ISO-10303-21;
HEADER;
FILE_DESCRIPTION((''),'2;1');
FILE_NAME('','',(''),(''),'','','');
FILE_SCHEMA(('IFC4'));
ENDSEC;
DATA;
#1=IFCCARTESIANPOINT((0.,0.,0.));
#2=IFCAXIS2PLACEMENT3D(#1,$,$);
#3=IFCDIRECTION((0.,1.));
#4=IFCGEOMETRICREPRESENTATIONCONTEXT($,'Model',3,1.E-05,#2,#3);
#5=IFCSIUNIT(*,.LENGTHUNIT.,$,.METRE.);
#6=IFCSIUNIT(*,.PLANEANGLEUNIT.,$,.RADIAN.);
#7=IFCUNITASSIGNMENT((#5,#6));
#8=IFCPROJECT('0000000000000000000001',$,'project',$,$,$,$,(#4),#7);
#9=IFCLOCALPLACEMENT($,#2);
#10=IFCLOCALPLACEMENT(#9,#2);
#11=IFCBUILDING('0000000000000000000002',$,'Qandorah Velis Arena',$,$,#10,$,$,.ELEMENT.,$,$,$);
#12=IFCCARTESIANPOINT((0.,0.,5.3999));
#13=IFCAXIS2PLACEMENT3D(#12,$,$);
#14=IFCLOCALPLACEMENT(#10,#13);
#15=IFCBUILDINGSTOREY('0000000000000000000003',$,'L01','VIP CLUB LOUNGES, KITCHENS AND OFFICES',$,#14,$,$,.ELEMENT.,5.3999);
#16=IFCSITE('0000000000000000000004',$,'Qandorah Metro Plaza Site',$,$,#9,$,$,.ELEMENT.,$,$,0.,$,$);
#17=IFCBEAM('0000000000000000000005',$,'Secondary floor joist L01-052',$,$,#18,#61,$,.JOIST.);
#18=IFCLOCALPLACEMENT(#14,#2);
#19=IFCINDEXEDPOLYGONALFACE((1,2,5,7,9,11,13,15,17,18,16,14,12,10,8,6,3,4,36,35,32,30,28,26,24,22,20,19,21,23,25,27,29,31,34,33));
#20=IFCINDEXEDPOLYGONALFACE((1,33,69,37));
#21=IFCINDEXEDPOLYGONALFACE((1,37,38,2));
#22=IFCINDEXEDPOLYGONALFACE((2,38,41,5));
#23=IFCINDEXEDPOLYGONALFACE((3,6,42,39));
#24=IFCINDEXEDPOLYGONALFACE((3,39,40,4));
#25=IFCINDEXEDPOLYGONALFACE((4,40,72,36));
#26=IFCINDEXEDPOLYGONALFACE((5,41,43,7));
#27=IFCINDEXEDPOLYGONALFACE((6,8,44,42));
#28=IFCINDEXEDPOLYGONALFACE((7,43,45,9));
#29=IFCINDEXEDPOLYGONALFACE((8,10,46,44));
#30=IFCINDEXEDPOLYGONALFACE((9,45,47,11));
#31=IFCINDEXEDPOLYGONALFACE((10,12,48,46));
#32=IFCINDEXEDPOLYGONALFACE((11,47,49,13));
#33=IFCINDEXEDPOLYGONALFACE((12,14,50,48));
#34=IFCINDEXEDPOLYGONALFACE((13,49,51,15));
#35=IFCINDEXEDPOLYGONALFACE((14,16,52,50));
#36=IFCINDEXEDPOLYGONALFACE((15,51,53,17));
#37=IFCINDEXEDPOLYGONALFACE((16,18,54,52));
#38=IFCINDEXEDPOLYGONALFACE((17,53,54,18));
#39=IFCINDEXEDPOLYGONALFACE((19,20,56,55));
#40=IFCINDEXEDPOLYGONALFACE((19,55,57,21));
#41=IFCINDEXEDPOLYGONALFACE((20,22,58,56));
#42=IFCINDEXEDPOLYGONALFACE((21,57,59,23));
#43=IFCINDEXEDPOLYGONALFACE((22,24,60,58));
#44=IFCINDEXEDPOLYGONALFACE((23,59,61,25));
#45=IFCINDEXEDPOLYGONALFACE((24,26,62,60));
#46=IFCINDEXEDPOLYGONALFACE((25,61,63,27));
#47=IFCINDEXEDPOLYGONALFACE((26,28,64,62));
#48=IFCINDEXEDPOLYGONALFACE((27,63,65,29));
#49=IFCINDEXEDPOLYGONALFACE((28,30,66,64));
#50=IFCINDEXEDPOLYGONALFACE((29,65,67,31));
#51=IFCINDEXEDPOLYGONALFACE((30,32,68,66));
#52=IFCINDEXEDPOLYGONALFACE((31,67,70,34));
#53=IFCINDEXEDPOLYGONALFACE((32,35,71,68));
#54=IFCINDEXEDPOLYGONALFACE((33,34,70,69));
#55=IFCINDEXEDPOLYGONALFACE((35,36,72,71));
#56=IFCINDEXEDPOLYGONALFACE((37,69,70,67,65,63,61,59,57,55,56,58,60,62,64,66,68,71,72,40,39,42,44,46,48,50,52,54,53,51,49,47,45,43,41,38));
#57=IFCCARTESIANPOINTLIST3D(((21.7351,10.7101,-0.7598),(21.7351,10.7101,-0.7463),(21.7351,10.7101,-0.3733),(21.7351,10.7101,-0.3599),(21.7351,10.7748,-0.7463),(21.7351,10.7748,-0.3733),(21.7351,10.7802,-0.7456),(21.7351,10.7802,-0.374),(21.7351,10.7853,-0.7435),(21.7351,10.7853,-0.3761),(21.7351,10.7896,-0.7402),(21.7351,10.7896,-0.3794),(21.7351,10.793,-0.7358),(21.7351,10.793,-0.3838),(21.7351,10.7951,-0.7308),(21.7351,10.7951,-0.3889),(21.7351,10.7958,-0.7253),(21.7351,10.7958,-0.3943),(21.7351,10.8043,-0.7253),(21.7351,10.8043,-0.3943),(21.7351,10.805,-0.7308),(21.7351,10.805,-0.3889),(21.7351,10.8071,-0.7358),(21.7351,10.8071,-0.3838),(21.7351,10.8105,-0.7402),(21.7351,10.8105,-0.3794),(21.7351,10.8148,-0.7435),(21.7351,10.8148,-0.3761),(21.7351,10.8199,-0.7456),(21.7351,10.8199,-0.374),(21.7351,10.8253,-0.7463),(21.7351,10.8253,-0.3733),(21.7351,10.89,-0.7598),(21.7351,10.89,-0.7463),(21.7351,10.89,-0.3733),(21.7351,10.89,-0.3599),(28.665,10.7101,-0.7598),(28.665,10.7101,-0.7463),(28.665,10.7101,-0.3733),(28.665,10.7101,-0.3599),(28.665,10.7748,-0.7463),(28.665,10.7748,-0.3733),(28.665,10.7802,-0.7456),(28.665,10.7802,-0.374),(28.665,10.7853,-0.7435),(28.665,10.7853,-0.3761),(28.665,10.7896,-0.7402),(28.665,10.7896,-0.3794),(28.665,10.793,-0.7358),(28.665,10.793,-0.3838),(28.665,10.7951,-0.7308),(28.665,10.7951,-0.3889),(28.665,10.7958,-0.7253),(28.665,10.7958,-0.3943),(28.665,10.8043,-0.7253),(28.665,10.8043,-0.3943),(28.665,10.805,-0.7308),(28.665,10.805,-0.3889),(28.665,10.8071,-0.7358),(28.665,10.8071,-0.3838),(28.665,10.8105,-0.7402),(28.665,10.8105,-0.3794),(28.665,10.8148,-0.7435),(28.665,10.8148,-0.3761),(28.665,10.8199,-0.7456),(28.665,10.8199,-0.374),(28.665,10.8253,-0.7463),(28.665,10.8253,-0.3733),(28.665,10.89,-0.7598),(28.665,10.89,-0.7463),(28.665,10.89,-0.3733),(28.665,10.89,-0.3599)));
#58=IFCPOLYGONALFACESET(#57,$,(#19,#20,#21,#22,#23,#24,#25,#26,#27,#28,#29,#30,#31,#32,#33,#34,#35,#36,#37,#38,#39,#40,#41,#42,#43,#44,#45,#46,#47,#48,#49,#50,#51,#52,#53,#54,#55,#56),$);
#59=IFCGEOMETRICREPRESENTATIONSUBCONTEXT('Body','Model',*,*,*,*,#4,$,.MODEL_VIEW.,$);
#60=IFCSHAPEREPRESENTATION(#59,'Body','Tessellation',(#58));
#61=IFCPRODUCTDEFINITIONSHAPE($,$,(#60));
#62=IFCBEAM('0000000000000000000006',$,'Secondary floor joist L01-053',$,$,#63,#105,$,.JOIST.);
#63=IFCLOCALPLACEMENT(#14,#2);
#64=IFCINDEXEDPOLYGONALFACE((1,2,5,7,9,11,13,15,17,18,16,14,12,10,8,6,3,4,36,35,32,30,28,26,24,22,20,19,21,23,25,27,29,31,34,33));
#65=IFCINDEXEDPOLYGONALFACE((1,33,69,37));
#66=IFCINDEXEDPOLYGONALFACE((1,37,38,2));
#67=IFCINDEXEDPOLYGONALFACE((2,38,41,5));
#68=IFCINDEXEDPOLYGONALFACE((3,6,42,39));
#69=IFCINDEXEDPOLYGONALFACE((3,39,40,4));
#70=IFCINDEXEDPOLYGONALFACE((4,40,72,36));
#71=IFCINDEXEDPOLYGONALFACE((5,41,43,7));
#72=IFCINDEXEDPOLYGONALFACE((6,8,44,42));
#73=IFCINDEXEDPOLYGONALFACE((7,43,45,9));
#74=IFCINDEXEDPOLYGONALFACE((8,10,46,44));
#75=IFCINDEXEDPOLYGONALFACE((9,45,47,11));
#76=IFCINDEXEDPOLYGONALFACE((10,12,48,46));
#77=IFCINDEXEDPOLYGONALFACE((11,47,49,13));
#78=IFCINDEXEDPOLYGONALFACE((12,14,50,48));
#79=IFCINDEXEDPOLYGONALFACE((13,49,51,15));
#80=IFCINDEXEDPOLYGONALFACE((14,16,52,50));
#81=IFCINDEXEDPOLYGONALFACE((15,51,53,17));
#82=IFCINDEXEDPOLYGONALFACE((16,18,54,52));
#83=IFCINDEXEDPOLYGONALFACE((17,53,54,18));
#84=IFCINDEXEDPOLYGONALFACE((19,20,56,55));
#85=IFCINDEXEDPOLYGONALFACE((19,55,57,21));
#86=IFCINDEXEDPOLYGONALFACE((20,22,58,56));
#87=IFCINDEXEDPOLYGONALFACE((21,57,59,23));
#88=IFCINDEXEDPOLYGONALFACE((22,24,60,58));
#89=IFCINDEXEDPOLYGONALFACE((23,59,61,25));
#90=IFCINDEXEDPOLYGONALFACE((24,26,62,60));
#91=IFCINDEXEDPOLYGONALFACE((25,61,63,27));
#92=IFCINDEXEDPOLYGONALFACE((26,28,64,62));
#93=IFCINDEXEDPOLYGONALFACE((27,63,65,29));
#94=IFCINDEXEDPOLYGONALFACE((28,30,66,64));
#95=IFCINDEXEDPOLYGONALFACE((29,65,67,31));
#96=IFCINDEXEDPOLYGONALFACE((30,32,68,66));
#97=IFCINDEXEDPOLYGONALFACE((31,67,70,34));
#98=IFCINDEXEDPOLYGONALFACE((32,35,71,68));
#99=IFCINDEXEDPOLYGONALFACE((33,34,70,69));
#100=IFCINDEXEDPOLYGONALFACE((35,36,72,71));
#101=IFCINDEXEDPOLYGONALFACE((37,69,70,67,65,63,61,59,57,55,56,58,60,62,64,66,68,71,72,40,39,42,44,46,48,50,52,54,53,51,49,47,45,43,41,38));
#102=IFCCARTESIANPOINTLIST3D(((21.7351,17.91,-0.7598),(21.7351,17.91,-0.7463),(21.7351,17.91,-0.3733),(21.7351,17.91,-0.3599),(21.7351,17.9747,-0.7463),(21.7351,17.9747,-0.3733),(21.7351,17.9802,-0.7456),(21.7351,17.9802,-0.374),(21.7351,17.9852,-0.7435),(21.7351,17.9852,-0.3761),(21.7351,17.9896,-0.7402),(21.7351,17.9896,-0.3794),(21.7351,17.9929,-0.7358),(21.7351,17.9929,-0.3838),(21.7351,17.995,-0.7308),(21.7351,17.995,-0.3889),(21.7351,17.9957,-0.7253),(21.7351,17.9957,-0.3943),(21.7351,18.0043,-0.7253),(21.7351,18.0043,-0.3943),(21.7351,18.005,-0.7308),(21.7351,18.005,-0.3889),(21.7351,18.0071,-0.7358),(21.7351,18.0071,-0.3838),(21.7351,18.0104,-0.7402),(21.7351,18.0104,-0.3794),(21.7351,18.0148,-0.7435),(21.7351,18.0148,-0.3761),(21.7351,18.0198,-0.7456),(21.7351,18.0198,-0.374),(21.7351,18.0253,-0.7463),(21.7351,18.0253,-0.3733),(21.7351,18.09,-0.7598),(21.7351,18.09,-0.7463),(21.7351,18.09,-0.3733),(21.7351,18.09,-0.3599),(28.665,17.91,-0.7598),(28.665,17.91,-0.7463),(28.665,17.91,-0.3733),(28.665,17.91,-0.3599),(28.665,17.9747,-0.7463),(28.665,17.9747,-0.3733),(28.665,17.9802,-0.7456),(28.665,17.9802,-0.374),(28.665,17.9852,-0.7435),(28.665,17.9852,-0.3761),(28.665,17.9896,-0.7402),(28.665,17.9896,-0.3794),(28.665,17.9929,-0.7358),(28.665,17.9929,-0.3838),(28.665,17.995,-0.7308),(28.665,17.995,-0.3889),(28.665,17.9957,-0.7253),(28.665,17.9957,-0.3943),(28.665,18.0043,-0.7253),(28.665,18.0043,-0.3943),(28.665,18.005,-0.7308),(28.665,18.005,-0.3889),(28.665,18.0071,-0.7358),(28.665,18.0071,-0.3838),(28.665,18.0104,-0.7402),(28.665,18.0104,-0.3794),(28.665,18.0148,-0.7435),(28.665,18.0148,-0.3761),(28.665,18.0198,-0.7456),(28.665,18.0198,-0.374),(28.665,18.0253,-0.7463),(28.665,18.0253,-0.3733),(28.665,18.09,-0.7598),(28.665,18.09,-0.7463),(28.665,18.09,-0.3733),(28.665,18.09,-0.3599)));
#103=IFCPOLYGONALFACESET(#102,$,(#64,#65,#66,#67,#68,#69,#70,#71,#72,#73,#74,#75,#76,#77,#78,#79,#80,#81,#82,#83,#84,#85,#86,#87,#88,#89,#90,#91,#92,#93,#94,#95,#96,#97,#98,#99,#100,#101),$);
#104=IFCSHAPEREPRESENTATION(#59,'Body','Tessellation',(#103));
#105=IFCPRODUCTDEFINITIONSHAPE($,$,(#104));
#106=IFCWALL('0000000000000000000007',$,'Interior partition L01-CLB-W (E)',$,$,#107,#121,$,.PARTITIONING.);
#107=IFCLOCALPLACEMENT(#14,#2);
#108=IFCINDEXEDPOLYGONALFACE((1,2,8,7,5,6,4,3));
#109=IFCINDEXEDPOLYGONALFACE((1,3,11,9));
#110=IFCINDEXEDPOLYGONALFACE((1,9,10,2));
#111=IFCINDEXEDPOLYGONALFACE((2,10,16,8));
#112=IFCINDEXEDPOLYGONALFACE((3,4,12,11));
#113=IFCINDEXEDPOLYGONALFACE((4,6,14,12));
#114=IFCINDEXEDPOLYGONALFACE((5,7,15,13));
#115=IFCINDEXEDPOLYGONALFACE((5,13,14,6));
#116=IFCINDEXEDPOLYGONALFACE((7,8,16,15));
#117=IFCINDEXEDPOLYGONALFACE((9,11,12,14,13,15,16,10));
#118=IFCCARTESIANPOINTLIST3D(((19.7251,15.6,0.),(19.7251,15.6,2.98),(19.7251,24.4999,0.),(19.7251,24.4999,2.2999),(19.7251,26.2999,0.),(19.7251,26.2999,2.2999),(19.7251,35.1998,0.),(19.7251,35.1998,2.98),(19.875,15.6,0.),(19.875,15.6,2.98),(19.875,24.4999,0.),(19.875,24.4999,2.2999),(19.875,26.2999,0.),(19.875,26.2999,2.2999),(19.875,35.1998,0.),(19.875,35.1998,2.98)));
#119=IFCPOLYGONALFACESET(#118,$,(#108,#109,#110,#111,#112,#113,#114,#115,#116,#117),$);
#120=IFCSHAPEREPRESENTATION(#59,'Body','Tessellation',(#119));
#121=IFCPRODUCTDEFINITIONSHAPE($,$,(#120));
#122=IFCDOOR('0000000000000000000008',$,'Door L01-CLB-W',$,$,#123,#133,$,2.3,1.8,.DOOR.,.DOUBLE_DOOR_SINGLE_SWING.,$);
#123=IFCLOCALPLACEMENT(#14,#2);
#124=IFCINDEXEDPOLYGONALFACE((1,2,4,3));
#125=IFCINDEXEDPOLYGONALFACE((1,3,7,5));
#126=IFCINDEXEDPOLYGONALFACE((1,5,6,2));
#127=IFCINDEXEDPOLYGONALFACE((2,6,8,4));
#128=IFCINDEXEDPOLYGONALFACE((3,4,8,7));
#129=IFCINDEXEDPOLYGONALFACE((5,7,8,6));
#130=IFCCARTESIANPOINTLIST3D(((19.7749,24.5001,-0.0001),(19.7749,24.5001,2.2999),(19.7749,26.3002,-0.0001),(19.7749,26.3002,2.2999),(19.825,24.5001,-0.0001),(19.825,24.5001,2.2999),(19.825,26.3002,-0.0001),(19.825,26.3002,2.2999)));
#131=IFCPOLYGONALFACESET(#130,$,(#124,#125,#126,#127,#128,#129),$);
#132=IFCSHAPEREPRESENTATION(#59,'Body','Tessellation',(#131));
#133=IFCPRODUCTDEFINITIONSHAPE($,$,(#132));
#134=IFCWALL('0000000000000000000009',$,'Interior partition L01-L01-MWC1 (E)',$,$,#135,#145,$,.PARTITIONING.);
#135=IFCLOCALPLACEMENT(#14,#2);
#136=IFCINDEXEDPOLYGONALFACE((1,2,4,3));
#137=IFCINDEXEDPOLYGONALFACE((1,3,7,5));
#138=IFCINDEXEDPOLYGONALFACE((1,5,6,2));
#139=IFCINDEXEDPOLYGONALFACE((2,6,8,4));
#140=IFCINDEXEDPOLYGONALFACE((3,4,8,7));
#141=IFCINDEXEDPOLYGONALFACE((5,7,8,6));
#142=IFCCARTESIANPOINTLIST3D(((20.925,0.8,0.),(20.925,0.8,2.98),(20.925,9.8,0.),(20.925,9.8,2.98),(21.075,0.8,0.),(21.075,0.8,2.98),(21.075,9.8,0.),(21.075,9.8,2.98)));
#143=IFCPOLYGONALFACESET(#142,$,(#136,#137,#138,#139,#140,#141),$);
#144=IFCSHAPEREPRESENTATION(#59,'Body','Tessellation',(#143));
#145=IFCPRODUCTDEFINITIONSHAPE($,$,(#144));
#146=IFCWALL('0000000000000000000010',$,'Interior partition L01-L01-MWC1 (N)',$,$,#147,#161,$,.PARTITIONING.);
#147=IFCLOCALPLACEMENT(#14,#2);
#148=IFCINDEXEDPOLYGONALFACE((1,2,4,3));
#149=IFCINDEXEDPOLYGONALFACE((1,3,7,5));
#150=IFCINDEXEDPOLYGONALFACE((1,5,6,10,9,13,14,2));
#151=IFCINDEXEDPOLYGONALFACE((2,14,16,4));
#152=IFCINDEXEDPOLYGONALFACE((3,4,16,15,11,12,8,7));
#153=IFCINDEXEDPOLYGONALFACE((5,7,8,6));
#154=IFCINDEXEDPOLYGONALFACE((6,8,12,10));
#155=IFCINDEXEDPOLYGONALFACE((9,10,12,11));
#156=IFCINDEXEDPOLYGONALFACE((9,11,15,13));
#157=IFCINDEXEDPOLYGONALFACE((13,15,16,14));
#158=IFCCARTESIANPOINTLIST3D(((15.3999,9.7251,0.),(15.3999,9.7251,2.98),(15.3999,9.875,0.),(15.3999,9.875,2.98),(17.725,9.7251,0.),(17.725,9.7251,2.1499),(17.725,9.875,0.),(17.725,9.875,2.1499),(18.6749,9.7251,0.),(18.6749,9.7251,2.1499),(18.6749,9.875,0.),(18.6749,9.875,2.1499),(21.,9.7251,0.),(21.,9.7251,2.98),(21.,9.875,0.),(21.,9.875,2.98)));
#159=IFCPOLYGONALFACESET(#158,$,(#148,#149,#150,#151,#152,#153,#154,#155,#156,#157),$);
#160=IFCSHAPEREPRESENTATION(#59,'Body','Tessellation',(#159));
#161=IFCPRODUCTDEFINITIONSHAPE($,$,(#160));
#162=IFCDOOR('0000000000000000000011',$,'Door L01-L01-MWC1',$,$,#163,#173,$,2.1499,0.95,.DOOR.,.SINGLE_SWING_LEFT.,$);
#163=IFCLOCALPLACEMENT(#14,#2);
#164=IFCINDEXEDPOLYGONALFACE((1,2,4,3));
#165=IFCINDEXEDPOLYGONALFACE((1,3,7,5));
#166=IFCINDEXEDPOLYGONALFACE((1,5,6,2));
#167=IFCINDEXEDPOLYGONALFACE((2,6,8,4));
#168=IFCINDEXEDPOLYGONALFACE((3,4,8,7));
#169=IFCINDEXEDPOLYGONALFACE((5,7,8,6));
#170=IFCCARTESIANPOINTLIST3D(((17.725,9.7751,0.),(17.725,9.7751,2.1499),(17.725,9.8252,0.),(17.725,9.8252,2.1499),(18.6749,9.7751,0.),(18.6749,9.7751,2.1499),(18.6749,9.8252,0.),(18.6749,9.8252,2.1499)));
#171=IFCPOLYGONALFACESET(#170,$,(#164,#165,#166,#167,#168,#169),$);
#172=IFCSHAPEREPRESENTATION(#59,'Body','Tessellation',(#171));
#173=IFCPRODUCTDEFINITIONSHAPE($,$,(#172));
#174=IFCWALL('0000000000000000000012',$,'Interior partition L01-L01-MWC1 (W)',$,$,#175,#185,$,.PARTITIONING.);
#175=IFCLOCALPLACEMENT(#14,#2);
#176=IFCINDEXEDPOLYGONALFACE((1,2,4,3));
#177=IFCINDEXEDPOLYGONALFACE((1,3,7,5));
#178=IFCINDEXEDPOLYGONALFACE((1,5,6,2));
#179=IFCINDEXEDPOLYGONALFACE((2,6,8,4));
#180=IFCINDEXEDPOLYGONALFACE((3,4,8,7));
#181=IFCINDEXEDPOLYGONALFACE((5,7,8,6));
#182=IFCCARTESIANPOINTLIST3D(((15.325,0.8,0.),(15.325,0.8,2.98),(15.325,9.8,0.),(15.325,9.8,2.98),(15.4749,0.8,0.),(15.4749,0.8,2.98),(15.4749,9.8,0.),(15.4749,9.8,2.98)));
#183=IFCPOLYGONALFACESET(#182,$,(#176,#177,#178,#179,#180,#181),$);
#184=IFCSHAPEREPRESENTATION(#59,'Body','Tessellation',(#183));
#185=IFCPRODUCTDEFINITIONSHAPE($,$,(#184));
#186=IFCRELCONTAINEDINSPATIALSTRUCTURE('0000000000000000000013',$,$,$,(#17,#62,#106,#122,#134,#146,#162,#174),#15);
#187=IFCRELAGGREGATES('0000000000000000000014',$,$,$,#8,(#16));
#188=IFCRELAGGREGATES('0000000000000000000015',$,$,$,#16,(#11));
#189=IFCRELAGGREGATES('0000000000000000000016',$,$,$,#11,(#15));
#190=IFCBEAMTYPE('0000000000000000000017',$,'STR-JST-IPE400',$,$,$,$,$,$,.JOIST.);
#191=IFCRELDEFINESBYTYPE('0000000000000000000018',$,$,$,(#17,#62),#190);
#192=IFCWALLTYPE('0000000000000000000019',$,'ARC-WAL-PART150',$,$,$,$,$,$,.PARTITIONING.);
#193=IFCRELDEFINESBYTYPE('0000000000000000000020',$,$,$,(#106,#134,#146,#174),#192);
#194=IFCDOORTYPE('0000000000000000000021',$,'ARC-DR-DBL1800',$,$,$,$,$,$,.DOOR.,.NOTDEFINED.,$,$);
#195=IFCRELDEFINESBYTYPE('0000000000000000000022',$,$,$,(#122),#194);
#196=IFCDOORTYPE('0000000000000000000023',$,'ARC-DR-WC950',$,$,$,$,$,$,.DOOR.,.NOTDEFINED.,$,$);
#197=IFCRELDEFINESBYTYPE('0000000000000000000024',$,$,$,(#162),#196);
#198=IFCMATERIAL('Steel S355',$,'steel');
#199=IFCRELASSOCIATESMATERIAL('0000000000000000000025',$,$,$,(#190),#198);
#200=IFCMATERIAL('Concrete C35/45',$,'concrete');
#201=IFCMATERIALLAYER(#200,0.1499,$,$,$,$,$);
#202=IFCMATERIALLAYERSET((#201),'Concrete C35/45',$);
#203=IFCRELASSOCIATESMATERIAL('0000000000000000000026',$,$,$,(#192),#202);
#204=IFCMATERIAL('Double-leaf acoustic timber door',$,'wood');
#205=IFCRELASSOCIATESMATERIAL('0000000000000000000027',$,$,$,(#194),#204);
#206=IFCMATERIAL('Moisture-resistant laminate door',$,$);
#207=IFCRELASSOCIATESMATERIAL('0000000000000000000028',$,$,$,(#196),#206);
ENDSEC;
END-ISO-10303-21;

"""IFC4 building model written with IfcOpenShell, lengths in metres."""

from ifc_helpers import new_model, si_unit, direction, frame, frame_2d, origin, origin_2d, place, context, subcontext, project, spatial, rectangle, i_section, extrude, material, layer, layer_set, material_profile, profile_set, type_object, element, fill, save


model = new_model("IFC4")

# Units and contexts
model_context = context("Model", 3, precision=1e-05, world=origin(), true_north=direction((0.0, 1.0)))
body_context = subcontext(model_context, "Body", "Model", "MODEL_VIEW")
ifc_project = project(units=[si_unit("LENGTHUNIT", "METRE"), si_unit("PLANEANGLEUNIT", "RADIAN")], contexts=[model_context])

# Site, building, storey
site_placement = place(None, origin())
site = spatial("IfcSite", under=ifc_project, at=site_placement, Name="Qandorah Metro Plaza Site", CompositionType="ELEMENT", RefElevation=0.0)
building_placement = place(site_placement, origin())
building = spatial("IfcBuilding", under=site, at=building_placement, Name="Qandorah Velis Arena", CompositionType="ELEMENT")
storey_placement = place(building_placement, frame((0.0, 0.0, 5.3999)))
storey = spatial("IfcBuildingStorey", under=building, at=storey_placement, Name="L01", Description="VIP CLUB LOUNGES, KITCHENS AND OFFICES", CompositionType="ELEMENT", Elevation=5.3999)

# Beams
ifc_material_1 = material(Name="Steel S355", Category="steel")
ifc_material_profile_1 = material_profile(ifc_material_1, i_section(OverallWidth=0.1799, OverallDepth=0.3999, WebThickness=0.0085, FlangeThickness=0.0134, FilletRadius=0.021, at=origin_2d()), Name="IPE 400")
ifc_profile_set_1 = profile_set([ifc_material_profile_1], Name="Steel S355")
beam_type_1 = type_object("IfcBeamType", Name="STR-JST-IPE400", PredefinedType="JOIST", material=ifc_profile_set_1)
for number, where, z_axis, x_axis, name in (
    (1, (21.7351, 10.8, -0.5598), (1.0, 0.0, 0.0), (0.0, 1.0, 0.0), "Secondary floor joist L01-052"),
    (2, (21.7351, 18.0, -0.5598), (1.0, 0.0, 0.0), (0.0, 1.0, 0.0), "Secondary floor joist L01-053"),
):
    element("IfcBeam", number, at=place(storey_placement, frame(where, z_axis=z_axis, x_axis=x_axis)), inside=storey, type_object=beam_type_1, Name=name, PredefinedType="JOIST", context=body_context, shape_type="SweptSolid", body=[
        extrude(i_section(OverallWidth=0.1799, OverallDepth=0.3999, WebThickness=0.0085, FlangeThickness=0.0134, FilletRadius=0.021, at=origin_2d()), origin(), (0.0, 0.0, 1.0), 6.9299),
    ])

# Wall, opening, door
ifc_material_2 = material(Name="Concrete C35/45", Category="concrete")
ifc_layer = layer(ifc_material_2, 0.1499)
ifc_layer_set = layer_set([ifc_layer], Name="Concrete C35/45")
wall_type = type_object("IfcWallType", Name="ARC-WAL-PART150", PredefinedType="PARTITIONING", material=ifc_layer_set)
wall_1_placement = place(storey_placement, frame((19.8, 15.6001, 0.0), z_axis=(0.0, 0.0, 1.0), x_axis=(0.0, 1.0, 0.0)))
wall_1 = element("IfcWall", 3, at=wall_1_placement, inside=storey, type_object=wall_type, Name="Interior partition L01-CLB-W (E)", PredefinedType="PARTITIONING", context=body_context, shape_type="SweptSolid", body=[
    extrude(rectangle(XDim=19.5999, YDim=0.1499, at=frame_2d((9.7998, 0.0))), origin(), (0.0, 0.0, 1.0), 2.98),
])
opening_1_placement = place(wall_1_placement, frame((8.8999, 0.0, 0.0)))
opening_1 = element("IfcOpeningElement", 4, at=opening_1_placement, cuts=wall_1, PredefinedType="OPENING", context=body_context, shape_type="SweptSolid", body=[
    extrude(rectangle(XDim=1.8, YDim=2.3, at=frame_2d((0.8999, 1.1499))), frame((0.0, 0.085, 0.0), z_axis=(0.0, -1.0, 0.0), x_axis=(1.0, 0.0, 0.0)), (0.0, 0.0, 1.0), 0.1699),
])
ifc_material_3 = material(Name="Double-leaf acoustic timber door", Category="wood")
door_type_1 = type_object("IfcDoorType", Name="ARC-DR-DBL1800", OperationType="NOTDEFINED", PredefinedType="DOOR", material=ifc_material_3)
door_1_placement = place(opening_1_placement, frame((1.8, 0.0, 0.0), z_axis=(0.0, 0.0, 1.0), x_axis=(-1.0, 0.0, 0.0)))
door_1 = element("IfcDoor", 5, at=door_1_placement, inside=storey, type_object=door_type_1, Name="Door L01-CLB-W", OperationType="DOUBLE_DOOR_SINGLE_SWING", OverallHeight=2.3, OverallWidth=1.8, PredefinedType="DOOR", context=body_context, shape_type="SweptSolid", body=[
    extrude(rectangle(XDim=1.8, YDim=2.3, at=frame_2d((0.8999, 1.1499))), frame((0.0, 0.0249, 0.0), z_axis=(0.0, -1.0, 0.0), x_axis=(1.0, 0.0, 0.0)), (0.0, 0.0, 1.0), 0.05),
])
fill(opening_1, door_1)

# Wall
wall_2_placement = place(storey_placement, frame((21.0, 0.8, 0.0), z_axis=(0.0, 0.0, 1.0), x_axis=(0.0, 1.0, 0.0)))
element("IfcWall", 6, at=wall_2_placement, inside=storey, type_object=wall_type, Name="Interior partition L01-L01-MWC1 (E)", PredefinedType="PARTITIONING", context=body_context, shape_type="SweptSolid", body=[
    extrude(rectangle(XDim=9.0, YDim=0.1499, at=frame_2d((4.5, 0.0))), origin(), (0.0, 0.0, 1.0), 2.98),
])

# Wall, opening, door
wall_3_placement = place(storey_placement, frame((21.0, 9.8, 0.0), z_axis=(0.0, 0.0, 1.0), x_axis=(-1.0, 0.0, 0.0)))
wall_3 = element("IfcWall", 7, at=wall_3_placement, inside=storey, type_object=wall_type, Name="Interior partition L01-L01-MWC1 (N)", PredefinedType="PARTITIONING", context=body_context, shape_type="SweptSolid", body=[
    extrude(rectangle(XDim=5.6001, YDim=0.1499, at=frame_2d((2.8, 0.0))), origin(), (0.0, 0.0, 1.0), 2.98),
])
opening_2_placement = place(wall_3_placement, frame((2.325, 0.0, 0.0)))
opening_2 = element("IfcOpeningElement", 8, at=opening_2_placement, cuts=wall_3, PredefinedType="OPENING", context=body_context, shape_type="SweptSolid", body=[
    extrude(rectangle(XDim=0.95, YDim=2.1499, at=frame_2d((0.4751, 1.075))), frame((0.0, 0.085, 0.0), z_axis=(0.0, -1.0, 0.0), x_axis=(1.0, 0.0, 0.0)), (0.0, 0.0, 1.0), 0.1699),
])
ifc_material_4 = material(Name="Moisture-resistant laminate door")
door_type_2 = type_object("IfcDoorType", Name="ARC-DR-WC950", OperationType="NOTDEFINED", PredefinedType="DOOR", material=ifc_material_4)
door_2_placement = place(opening_2_placement, origin())
door_2 = element("IfcDoor", 9, at=door_2_placement, inside=storey, type_object=door_type_2, Name="Door L01-L01-MWC1", OperationType="SINGLE_SWING_LEFT", OverallHeight=2.1499, OverallWidth=0.95, PredefinedType="DOOR", context=body_context, shape_type="SweptSolid", body=[
    extrude(rectangle(XDim=0.95, YDim=2.1499, at=frame_2d((0.4751, 1.075))), frame((0.0, 0.0249, 0.0), z_axis=(0.0, -1.0, 0.0), x_axis=(1.0, 0.0, 0.0)), (0.0, 0.0, 1.0), 0.05),
])
fill(opening_2, door_2)

# Wall
for number, where, z_axis, x_axis, name in (
    (10, (15.3999, 9.8, 0.0), (0.0, 0.0, 1.0), (0.0, -1.0, 0.0), "Interior partition L01-L01-MWC1 (W)"),
):
    element("IfcWall", number, at=place(storey_placement, frame(where, z_axis=z_axis, x_axis=x_axis)), inside=storey, type_object=wall_type, Name=name, PredefinedType="PARTITIONING", context=body_context, shape_type="SweptSolid", body=[
        extrude(rectangle(XDim=9.0, YDim=0.1499, at=frame_2d((4.5, 0.0))), origin(), (0.0, 0.0, 1.0), 2.98),
    ])

save(model, "model.ifc")
